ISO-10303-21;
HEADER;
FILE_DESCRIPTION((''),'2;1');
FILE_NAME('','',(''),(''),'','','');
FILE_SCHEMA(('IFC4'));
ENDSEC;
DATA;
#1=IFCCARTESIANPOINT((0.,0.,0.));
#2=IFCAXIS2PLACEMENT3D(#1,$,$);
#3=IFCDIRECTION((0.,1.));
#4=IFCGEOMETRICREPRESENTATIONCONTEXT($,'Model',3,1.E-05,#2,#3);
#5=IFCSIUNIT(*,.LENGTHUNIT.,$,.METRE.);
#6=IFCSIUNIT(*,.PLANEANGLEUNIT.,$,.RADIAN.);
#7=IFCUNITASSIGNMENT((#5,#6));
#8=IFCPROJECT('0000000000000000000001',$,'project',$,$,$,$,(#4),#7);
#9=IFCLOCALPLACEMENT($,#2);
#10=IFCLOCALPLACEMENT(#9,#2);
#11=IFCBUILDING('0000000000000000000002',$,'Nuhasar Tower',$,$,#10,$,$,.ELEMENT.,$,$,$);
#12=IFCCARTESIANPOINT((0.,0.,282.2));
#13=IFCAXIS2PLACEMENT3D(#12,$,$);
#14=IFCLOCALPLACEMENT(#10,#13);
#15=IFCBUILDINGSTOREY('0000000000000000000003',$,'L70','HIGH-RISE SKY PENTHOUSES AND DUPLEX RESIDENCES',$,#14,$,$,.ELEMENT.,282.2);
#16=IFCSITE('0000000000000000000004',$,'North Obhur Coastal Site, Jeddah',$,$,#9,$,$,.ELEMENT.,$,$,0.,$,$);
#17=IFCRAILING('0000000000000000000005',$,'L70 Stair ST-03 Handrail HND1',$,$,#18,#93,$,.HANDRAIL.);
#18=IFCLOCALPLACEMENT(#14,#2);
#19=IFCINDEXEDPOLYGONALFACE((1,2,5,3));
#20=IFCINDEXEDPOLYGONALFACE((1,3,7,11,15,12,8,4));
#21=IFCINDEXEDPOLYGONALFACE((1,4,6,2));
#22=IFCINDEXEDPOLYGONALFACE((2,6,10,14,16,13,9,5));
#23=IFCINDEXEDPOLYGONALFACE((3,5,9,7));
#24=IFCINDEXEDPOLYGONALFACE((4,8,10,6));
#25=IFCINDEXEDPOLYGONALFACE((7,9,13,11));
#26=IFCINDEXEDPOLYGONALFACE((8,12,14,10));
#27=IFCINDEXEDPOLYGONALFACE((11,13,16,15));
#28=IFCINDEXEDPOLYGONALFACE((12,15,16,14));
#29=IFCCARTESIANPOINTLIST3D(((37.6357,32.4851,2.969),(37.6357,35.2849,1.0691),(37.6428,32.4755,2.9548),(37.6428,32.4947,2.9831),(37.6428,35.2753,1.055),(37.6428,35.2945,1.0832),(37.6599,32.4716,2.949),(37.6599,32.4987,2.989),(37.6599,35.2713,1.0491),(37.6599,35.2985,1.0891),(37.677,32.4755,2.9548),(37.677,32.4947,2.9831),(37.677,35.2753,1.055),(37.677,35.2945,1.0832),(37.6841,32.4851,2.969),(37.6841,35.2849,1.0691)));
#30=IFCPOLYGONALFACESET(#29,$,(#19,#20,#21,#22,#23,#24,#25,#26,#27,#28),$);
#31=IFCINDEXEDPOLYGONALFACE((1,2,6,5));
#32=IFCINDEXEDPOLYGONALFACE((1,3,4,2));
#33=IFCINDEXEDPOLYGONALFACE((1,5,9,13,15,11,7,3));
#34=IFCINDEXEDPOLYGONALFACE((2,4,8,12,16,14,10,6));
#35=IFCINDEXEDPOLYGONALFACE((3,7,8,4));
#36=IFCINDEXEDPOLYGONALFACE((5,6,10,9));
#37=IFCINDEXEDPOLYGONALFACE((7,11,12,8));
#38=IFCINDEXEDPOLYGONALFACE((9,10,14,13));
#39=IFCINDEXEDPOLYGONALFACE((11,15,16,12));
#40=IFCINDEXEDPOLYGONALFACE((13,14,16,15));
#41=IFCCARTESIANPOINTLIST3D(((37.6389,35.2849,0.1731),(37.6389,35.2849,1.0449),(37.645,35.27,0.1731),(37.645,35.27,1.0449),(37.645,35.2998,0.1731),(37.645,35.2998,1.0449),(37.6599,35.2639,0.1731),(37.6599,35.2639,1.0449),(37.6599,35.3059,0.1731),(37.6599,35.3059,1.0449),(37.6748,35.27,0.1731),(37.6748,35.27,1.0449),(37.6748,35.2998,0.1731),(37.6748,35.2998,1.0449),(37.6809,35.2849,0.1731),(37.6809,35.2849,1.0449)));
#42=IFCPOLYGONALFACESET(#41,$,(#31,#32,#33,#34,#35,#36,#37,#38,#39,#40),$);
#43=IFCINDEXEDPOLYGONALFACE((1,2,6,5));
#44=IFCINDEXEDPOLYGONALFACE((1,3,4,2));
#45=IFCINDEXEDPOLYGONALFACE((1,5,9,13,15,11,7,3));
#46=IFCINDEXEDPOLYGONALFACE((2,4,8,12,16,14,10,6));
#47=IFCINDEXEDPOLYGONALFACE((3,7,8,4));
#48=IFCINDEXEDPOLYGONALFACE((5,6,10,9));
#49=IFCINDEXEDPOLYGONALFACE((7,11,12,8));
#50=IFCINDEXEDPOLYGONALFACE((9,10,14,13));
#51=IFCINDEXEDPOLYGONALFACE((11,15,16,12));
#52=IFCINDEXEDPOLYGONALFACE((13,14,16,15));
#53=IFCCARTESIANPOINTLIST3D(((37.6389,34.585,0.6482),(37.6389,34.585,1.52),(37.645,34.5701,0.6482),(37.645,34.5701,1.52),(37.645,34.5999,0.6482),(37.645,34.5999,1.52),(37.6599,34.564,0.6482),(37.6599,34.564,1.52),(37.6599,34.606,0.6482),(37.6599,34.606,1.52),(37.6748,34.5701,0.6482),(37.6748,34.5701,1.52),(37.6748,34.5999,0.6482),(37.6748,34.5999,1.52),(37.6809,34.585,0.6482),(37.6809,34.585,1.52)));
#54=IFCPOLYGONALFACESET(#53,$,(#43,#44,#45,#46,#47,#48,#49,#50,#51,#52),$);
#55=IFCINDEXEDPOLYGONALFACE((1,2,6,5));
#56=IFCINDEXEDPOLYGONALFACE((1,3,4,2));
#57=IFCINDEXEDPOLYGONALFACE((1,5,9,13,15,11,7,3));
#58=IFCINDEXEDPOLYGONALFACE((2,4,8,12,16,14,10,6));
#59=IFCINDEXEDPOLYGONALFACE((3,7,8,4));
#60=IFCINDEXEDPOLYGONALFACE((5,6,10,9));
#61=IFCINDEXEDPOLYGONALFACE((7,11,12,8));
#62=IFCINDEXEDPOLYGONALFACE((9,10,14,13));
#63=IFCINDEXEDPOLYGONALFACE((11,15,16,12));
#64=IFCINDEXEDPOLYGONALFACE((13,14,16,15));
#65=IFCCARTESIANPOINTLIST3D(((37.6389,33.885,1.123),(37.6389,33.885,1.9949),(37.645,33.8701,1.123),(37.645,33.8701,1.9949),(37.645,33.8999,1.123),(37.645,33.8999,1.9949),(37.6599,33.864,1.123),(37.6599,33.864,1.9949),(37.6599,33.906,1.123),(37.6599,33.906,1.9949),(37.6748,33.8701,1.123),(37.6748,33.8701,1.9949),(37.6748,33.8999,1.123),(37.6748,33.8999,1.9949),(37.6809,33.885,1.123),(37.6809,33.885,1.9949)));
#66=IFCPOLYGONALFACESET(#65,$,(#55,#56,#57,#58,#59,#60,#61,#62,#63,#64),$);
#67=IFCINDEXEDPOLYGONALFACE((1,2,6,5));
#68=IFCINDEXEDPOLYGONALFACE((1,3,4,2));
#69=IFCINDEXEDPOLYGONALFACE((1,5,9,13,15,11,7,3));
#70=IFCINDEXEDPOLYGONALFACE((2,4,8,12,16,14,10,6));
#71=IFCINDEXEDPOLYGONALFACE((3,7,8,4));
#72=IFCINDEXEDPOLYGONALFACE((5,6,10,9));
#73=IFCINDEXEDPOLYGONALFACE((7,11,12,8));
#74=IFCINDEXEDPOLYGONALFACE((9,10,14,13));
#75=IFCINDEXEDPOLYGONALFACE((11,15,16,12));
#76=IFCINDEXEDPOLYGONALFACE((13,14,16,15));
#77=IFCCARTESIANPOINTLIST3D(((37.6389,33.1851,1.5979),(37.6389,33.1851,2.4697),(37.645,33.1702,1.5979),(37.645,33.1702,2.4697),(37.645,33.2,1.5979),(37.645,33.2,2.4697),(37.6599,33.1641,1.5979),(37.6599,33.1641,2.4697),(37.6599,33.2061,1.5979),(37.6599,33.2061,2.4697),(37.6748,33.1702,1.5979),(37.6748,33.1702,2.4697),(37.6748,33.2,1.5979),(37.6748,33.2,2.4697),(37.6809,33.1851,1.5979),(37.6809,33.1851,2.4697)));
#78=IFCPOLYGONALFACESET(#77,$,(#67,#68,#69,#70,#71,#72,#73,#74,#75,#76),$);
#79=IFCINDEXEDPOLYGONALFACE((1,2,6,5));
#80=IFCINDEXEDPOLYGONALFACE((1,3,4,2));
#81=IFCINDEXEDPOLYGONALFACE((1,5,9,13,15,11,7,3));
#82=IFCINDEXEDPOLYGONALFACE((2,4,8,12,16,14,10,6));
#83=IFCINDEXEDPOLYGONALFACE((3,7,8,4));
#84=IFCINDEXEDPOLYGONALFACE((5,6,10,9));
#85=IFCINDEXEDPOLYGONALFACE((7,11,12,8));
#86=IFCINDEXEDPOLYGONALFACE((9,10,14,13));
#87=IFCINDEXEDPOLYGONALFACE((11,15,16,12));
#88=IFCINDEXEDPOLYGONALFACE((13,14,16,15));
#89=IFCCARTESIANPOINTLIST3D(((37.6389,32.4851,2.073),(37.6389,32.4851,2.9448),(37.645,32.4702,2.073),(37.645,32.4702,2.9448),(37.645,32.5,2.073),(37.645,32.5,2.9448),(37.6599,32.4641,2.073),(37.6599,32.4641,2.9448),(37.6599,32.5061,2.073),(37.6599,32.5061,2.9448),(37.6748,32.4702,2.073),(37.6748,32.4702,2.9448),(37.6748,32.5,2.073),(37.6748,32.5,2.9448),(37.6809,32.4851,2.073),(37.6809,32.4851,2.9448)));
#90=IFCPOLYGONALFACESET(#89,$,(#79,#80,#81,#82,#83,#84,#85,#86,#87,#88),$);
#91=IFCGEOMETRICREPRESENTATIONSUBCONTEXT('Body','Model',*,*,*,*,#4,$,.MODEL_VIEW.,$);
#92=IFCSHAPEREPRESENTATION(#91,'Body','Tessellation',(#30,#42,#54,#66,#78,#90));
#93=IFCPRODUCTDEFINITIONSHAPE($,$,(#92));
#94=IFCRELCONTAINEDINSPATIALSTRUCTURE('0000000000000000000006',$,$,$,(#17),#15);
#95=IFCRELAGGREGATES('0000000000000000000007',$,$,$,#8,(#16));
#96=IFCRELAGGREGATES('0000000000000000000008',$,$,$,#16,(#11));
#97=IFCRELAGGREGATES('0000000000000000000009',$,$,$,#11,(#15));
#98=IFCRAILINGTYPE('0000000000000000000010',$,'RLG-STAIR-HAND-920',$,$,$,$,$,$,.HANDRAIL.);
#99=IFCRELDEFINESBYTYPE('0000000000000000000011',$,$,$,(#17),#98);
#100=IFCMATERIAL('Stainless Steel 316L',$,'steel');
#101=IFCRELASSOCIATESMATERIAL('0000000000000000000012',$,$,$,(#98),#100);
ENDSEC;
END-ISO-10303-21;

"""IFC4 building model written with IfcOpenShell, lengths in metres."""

from ifc_helpers import new_model, si_unit, direction, frame, origin, place, context, subcontext, project, spatial, polyline, outline, extrude, material, type_object, element, save


model = new_model("IFC4")

# Units and contexts
model_context = context("Model", 3, precision=1e-05, world=origin(), true_north=direction((0.0, 1.0)))
body_context = subcontext(model_context, "Body", "Model", "MODEL_VIEW")
ifc_project = project(units=[si_unit("LENGTHUNIT", "METRE"), si_unit("PLANEANGLEUNIT", "RADIAN")], contexts=[model_context])

# Site, building, storey
site_placement = place(None, origin())
site = spatial("IfcSite", under=ifc_project, at=site_placement, Name="North Obhur Coastal Site, Jeddah", CompositionType="ELEMENT", RefElevation=0.0)
building_placement = place(site_placement, origin())
building = spatial("IfcBuilding", under=site, at=building_placement, Name="Nuhasar Tower", CompositionType="ELEMENT")
storey_placement = place(building_placement, frame((0.0, 0.0, 282.2)))
storey = spatial("IfcBuildingStorey", under=building, at=storey_placement, Name="L70", Description="HIGH-RISE SKY PENTHOUSES AND DUPLEX RESIDENCES", CompositionType="ELEMENT", Elevation=282.2)

# Railing
ifc_material_1 = material(Name="Stainless Steel 316L", Category="steel")
railing_type_1 = type_object("IfcRailingType", Name="RLG-STAIR-HAND-920", PredefinedType="HANDRAIL", material=ifc_material_1)
railing_1_placement = place(storey_placement, frame((37.6599, 35.2849, 0.1731)))
element("IfcRailing", 1, at=railing_1_placement, inside=storey, type_object=railing_type_1, Name="L70 Stair ST-03 Handrail HND1", PredefinedType="HANDRAIL", context=body_context, shape_type="SweptSolid", body=[
    extrude(outline(polyline([(0.0242, 0.0), (0.0171, 0.0171), (0.0, 0.0242), (-0.0171, 0.0171), (-0.0242, 0.0), (-0.0171, -0.0171), (0.0, -0.0242), (0.0171, -0.0171), (0.0242, 0.0)])), frame((0.0, 0.0, 0.896), z_axis=(0.0, -0.827471, 0.561508), x_axis=(1.0, 0.0, 0.0)), (0.0, 0.0, 1.0), 3.3835),
    extrude(outline(polyline([(0.021, 0.0), (0.0149, 0.0149), (0.0, 0.021), (-0.0149, 0.0149), (-0.021, 0.0), (-0.0149, -0.0149), (0.0, -0.021), (0.0149, -0.0149), (0.021, 0.0)])), origin(), (0.0, 0.0, 1.0), 0.8718),
    extrude(outline(polyline([(0.021, 0.0), (0.0149, 0.0149), (0.0, 0.021), (-0.0149, 0.0149), (-0.021, 0.0), (-0.0149, -0.0149), (0.0, -0.021), (0.0149, -0.0149), (0.021, 0.0)])), frame((0.0, -0.7, 0.4751)), (0.0, 0.0, 1.0), 0.8718),
    extrude(outline(polyline([(0.021, 0.0), (0.0149, 0.0149), (0.0, 0.021), (-0.0149, 0.0149), (-0.021, 0.0), (-0.0149, -0.0149), (0.0, -0.021), (0.0149, -0.0149), (0.021, 0.0)])), frame((0.0, -1.3999, 0.95)), (0.0, 0.0, 1.0), 0.8718),
    extrude(outline(polyline([(0.021, 0.0), (0.0149, 0.0149), (0.0, 0.021), (-0.0149, 0.0149), (-0.021, 0.0), (-0.0149, -0.0149), (0.0, -0.021), (0.0149, -0.0149), (0.021, 0.0)])), frame((0.0, -2.0999, 1.4248)), (0.0, 0.0, 1.0), 0.8718),
    extrude(outline(polyline([(0.021, 0.0), (0.0149, 0.0149), (0.0, 0.021), (-0.0149, 0.0149), (-0.021, 0.0), (-0.0149, -0.0149), (0.0, -0.021), (0.0149, -0.0149), (0.021, 0.0)])), frame((0.0, -2.7998, 1.8999)), (0.0, 0.0, 1.0), 0.8718),
])

save(model, "model.ifc")
